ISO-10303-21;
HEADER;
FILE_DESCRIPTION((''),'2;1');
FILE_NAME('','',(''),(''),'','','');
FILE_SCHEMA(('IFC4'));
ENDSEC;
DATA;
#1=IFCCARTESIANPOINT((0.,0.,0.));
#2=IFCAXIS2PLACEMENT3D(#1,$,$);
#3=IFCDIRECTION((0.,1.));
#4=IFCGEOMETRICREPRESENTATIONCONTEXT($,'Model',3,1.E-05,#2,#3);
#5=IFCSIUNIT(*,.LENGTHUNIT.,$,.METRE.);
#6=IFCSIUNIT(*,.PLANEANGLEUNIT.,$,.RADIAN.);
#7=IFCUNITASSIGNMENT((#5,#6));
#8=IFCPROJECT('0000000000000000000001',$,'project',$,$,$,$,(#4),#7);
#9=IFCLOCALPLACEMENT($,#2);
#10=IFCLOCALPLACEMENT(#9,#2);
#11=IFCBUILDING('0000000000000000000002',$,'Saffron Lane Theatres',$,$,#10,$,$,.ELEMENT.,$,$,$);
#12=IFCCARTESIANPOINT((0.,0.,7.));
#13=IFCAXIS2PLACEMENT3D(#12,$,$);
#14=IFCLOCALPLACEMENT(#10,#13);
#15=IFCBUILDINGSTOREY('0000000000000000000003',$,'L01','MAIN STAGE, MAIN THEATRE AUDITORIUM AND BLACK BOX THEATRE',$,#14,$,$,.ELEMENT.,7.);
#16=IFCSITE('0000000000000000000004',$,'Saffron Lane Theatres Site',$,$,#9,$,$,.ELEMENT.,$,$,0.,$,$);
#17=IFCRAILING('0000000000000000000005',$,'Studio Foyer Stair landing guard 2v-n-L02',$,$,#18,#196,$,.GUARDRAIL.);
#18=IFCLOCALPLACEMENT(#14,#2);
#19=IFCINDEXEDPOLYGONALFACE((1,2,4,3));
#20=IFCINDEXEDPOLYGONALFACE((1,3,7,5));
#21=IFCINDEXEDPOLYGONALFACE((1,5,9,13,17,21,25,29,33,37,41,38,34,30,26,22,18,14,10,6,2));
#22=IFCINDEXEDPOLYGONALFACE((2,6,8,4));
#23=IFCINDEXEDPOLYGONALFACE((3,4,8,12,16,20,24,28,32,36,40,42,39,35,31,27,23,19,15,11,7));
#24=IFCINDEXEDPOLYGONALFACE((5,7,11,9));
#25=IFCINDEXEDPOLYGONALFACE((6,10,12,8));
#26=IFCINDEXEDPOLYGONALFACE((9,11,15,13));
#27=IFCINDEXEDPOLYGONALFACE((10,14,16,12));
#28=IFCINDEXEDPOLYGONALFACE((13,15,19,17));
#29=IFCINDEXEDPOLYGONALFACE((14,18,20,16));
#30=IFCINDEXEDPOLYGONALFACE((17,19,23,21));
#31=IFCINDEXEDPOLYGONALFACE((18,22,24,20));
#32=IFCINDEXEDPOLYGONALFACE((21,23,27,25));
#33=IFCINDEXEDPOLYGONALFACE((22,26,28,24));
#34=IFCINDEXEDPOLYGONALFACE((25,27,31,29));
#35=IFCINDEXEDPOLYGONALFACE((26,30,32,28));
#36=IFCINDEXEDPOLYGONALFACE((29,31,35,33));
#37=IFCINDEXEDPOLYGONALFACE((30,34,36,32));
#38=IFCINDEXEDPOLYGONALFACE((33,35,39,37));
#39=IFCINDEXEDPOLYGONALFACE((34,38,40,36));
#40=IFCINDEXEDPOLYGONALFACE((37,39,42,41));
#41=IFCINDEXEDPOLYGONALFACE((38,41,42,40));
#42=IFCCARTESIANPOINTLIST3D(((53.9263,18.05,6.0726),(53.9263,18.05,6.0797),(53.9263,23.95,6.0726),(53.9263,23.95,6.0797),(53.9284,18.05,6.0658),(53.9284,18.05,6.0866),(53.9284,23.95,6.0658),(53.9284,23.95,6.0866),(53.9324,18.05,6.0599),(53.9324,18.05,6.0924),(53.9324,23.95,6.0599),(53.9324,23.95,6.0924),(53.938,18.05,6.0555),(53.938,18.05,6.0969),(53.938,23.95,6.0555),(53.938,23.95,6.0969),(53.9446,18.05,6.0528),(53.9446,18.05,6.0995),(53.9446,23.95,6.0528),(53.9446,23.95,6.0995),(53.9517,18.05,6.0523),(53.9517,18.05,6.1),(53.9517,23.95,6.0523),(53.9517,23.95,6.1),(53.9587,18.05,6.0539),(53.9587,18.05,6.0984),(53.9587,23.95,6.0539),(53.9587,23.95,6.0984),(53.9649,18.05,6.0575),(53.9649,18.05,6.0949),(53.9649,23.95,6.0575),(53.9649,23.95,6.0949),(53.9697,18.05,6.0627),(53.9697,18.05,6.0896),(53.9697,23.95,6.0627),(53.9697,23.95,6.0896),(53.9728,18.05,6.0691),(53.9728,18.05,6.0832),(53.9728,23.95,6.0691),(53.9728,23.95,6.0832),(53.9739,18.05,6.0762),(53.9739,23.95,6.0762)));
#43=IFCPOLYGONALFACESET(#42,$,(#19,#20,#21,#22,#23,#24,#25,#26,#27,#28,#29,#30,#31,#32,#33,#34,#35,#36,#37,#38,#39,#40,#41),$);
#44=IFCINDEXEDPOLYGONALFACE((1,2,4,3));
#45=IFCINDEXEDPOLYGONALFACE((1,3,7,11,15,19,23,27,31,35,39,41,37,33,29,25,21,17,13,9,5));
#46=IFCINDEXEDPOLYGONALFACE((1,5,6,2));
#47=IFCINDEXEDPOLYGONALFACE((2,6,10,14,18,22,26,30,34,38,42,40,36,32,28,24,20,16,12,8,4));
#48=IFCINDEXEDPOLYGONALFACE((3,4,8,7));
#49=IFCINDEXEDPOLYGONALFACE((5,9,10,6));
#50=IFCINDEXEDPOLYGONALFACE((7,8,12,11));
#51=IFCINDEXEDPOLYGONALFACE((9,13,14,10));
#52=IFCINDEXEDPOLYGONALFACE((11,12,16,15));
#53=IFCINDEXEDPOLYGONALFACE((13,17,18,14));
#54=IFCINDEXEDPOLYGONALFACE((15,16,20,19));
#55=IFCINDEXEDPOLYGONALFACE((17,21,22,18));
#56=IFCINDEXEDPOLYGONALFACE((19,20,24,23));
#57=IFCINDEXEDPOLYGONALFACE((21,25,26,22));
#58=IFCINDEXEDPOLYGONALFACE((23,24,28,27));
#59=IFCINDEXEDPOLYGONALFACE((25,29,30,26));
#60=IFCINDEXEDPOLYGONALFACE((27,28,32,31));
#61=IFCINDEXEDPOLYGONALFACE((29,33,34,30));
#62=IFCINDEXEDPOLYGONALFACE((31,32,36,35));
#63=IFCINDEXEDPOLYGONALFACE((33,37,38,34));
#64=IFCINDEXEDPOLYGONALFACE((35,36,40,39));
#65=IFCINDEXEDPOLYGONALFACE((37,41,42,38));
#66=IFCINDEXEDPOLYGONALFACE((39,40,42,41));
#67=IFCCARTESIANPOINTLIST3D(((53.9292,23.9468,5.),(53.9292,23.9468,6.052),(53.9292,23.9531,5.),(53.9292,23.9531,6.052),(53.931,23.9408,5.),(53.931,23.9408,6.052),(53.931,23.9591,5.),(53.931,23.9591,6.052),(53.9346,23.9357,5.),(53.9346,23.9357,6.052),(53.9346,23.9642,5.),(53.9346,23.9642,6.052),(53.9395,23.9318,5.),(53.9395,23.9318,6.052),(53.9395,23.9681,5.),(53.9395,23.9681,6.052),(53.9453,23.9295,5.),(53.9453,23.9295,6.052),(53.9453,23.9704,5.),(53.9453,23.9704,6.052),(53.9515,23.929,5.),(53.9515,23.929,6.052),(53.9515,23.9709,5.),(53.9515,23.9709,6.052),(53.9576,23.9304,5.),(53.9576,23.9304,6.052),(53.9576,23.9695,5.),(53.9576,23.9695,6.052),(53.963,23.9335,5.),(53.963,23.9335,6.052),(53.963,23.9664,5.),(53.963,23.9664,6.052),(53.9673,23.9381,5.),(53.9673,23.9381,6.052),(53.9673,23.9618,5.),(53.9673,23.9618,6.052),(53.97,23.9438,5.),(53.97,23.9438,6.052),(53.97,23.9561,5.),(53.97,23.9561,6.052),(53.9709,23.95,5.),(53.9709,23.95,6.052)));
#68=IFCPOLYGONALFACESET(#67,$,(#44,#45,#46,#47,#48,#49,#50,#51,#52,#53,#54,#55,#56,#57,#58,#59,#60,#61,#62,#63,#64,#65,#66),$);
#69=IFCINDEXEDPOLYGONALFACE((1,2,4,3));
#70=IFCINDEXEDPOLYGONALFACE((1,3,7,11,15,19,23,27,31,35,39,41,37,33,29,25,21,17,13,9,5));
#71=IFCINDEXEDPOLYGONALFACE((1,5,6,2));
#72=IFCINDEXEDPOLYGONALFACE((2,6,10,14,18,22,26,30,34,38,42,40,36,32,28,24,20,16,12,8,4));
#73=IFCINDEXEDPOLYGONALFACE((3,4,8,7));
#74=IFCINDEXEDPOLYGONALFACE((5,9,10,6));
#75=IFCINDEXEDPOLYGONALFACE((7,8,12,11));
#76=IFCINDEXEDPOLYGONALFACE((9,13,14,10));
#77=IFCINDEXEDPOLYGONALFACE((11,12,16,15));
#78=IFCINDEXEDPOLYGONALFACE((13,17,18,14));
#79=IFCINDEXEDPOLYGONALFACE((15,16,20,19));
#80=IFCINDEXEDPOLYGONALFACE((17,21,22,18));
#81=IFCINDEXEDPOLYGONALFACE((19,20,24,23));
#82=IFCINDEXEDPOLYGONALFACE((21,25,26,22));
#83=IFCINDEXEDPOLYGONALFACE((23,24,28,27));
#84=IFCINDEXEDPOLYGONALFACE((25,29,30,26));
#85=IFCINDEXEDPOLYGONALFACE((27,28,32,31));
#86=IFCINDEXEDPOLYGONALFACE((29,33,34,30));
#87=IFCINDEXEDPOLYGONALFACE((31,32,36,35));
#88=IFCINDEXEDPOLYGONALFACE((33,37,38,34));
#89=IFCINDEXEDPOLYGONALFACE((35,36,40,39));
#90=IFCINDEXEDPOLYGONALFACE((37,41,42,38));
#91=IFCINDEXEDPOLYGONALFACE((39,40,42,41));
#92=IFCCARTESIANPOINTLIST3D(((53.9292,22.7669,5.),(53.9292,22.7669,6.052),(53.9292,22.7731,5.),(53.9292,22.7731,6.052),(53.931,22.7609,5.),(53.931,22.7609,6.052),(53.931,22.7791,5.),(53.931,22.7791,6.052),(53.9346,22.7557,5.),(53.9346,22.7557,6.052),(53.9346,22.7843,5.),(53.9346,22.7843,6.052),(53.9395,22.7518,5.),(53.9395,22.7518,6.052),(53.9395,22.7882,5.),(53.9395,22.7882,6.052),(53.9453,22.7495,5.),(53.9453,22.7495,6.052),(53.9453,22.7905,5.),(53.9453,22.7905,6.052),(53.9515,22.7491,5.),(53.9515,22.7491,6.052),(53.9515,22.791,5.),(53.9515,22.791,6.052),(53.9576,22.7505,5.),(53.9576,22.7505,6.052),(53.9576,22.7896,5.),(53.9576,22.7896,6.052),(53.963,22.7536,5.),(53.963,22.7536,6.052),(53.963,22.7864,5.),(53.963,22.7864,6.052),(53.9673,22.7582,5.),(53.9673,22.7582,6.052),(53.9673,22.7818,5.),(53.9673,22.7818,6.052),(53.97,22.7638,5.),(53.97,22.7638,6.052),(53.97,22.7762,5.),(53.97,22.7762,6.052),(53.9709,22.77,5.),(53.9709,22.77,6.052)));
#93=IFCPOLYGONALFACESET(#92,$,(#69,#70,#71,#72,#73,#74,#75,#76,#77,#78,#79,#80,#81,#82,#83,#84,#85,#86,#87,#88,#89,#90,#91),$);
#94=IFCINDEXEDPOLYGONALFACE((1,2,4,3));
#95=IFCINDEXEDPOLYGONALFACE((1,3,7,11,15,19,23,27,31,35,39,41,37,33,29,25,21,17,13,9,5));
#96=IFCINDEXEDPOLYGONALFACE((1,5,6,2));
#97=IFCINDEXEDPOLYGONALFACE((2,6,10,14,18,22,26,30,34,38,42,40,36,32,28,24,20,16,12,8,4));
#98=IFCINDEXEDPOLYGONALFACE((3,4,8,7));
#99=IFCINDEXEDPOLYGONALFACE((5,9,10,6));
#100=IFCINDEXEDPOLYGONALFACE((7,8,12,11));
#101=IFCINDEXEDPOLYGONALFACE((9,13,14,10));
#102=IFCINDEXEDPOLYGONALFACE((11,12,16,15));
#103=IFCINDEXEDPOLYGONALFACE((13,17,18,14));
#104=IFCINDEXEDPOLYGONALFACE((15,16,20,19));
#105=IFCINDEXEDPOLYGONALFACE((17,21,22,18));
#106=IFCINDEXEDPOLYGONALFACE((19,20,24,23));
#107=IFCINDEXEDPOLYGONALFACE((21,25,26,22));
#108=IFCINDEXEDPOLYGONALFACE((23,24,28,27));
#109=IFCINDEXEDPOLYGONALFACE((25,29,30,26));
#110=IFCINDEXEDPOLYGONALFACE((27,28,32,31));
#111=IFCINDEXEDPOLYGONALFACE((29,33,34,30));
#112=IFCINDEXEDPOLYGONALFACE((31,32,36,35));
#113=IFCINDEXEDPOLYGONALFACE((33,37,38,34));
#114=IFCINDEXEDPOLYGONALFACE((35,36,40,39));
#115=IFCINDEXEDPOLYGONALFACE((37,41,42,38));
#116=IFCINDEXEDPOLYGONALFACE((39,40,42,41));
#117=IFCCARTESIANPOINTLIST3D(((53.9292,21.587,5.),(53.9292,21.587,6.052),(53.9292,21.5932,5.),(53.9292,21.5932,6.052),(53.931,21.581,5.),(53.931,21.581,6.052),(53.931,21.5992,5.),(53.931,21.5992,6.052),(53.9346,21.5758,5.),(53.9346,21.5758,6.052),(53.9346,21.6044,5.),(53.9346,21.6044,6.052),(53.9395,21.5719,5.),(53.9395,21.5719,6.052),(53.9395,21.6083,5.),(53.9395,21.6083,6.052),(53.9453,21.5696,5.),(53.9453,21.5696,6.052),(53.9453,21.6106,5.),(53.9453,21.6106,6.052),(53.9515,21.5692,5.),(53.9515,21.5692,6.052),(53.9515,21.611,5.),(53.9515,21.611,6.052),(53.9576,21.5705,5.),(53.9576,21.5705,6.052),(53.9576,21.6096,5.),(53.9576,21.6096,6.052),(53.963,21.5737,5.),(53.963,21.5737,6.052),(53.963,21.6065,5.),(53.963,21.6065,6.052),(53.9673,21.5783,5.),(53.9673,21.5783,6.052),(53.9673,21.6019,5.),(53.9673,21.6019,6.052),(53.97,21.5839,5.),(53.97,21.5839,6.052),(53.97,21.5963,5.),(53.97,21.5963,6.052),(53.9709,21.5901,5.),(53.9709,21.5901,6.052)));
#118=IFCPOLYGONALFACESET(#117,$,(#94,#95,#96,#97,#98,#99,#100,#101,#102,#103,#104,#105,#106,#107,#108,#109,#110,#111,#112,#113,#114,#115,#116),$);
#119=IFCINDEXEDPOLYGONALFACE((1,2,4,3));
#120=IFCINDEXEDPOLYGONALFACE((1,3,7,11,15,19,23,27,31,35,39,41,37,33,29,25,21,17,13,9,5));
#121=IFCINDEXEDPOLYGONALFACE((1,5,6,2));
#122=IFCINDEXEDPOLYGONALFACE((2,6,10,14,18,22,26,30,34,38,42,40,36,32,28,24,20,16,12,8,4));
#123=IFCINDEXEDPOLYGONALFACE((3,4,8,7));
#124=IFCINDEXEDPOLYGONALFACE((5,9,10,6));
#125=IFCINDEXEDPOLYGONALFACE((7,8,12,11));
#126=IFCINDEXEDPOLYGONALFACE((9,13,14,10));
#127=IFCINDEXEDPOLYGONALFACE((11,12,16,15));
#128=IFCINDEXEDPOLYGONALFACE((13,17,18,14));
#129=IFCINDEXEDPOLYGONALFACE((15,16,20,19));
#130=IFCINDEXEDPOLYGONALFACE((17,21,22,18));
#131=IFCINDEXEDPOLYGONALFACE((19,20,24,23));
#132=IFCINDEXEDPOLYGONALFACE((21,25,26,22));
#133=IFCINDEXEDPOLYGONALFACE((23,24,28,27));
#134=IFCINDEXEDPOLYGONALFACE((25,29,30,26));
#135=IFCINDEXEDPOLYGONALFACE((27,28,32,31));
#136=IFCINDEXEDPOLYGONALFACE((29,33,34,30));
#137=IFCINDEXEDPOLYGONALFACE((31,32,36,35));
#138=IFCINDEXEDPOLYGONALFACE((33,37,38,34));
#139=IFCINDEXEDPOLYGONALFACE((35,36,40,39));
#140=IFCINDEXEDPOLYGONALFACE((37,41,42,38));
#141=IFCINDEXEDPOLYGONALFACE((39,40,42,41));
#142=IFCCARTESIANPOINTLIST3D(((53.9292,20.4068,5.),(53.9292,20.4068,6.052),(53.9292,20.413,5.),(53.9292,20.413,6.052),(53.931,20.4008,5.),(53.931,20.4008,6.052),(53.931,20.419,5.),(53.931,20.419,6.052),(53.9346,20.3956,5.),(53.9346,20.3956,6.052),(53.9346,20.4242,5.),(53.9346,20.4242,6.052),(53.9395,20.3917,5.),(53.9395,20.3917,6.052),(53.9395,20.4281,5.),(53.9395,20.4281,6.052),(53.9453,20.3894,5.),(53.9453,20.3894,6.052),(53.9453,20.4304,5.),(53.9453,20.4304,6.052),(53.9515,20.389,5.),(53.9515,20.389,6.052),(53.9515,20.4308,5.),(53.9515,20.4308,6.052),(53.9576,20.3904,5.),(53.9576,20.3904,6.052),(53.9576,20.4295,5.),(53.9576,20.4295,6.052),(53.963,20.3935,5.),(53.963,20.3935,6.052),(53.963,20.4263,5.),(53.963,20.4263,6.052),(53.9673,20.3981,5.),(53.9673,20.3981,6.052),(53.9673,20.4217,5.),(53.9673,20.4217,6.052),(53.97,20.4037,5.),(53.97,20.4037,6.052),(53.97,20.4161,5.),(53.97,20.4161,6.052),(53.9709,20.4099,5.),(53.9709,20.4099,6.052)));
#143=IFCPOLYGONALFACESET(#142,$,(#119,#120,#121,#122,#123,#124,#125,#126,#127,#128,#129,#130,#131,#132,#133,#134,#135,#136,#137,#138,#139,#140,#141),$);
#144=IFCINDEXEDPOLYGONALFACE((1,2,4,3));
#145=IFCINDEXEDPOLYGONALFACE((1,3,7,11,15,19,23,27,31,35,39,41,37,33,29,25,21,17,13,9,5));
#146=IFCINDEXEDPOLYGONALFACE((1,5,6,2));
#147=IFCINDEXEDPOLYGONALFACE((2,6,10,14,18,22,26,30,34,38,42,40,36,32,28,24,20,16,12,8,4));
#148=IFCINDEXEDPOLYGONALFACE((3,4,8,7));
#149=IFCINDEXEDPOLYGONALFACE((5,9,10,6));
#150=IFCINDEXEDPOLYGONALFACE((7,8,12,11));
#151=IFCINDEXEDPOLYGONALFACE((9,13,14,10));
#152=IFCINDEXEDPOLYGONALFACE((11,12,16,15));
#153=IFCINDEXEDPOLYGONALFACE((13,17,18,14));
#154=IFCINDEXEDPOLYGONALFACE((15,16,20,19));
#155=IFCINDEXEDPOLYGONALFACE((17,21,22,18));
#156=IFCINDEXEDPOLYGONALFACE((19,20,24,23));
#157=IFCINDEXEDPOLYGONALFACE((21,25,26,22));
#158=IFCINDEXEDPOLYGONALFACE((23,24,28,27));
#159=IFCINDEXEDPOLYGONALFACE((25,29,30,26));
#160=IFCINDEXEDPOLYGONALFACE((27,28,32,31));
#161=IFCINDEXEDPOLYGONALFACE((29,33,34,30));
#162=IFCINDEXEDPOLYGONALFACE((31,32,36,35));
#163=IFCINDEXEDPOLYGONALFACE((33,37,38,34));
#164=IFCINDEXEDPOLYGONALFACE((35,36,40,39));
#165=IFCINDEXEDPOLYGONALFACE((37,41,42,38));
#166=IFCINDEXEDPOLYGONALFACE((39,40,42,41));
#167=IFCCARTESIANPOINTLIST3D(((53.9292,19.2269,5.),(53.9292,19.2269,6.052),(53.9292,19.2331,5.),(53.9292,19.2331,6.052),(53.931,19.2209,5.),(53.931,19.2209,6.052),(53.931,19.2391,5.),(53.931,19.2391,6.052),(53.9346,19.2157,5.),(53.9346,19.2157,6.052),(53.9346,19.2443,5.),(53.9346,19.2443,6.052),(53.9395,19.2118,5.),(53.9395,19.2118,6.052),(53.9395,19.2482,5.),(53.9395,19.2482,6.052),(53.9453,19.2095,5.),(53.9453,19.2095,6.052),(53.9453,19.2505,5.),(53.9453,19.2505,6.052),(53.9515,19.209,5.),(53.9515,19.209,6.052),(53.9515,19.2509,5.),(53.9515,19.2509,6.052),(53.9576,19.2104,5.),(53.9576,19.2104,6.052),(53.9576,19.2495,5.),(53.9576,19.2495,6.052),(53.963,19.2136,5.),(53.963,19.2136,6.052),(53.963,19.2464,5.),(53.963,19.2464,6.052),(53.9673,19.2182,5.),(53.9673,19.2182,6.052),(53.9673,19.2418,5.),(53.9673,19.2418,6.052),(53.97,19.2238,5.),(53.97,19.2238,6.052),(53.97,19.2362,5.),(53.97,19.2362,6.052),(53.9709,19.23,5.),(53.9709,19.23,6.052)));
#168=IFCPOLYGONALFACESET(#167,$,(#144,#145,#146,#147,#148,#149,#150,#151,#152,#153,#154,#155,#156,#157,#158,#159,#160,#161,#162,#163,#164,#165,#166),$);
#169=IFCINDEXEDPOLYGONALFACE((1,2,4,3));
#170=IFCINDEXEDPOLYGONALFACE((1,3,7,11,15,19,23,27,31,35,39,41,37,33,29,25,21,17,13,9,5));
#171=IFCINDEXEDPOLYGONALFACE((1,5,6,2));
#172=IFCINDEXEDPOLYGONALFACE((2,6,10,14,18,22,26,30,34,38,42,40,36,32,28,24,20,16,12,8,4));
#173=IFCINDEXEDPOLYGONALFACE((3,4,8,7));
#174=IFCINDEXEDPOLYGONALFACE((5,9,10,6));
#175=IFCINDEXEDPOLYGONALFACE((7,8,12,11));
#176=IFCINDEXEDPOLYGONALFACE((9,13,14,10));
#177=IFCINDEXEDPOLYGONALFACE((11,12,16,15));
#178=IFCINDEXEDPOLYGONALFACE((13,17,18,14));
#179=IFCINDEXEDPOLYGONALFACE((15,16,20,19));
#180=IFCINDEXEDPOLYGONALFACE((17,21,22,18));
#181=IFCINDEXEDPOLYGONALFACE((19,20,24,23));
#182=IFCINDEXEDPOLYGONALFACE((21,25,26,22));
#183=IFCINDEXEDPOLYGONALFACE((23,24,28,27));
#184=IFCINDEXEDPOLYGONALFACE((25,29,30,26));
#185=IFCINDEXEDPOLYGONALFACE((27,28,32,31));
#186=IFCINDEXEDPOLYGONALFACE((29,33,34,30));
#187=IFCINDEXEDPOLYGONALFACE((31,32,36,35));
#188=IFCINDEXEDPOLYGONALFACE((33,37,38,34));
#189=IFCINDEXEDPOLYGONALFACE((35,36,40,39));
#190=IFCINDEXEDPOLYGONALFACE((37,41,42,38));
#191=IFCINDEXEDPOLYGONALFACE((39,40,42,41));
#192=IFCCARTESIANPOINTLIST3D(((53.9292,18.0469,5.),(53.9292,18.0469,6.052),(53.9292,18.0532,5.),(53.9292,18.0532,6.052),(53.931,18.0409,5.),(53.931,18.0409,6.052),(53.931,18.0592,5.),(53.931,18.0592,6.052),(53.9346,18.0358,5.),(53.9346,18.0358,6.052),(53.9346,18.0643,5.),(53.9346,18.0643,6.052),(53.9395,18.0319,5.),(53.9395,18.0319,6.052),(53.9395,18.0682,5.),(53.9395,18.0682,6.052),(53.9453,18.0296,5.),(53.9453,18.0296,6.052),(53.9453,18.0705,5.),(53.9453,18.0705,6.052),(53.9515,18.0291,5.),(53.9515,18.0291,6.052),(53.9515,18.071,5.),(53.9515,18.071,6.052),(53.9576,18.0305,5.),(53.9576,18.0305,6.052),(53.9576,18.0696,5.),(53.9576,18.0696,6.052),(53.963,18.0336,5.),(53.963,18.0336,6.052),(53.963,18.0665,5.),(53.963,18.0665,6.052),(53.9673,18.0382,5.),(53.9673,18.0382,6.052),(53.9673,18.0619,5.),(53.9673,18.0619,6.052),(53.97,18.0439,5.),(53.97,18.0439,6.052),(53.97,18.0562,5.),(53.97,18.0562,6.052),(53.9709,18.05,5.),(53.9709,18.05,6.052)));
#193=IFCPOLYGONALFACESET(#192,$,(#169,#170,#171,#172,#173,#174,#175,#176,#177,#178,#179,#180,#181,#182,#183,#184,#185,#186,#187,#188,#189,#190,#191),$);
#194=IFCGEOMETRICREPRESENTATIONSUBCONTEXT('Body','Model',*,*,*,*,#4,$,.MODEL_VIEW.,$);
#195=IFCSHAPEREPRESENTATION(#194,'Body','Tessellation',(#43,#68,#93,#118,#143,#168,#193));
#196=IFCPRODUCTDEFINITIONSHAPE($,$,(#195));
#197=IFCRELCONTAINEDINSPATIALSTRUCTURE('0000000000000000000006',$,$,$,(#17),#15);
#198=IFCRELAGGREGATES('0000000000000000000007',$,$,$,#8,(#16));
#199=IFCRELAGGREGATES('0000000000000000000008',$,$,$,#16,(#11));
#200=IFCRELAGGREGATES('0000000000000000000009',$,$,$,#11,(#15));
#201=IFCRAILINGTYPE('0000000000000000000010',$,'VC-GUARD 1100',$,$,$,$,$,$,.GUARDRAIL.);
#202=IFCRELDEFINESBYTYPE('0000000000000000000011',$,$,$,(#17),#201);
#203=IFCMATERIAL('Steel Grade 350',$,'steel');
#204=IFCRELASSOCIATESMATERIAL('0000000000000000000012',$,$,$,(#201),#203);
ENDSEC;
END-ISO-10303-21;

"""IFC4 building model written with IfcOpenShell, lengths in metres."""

from ifc_helpers import new_model, si_unit, direction, frame, origin, origin_2d, place, context, subcontext, project, spatial, circle, extrude, material, type_object, element, save


model = new_model("IFC4")

# Units and contexts
model_context = context("Model", 3, precision=1e-05, world=origin(), true_north=direction((0.0, 1.0)))
body_context = subcontext(model_context, "Body", "Model", "MODEL_VIEW")
ifc_project = project(units=[si_unit("LENGTHUNIT", "METRE"), si_unit("PLANEANGLEUNIT", "RADIAN")], contexts=[model_context])

# Site, building, storey
site_placement = place(None, origin())
site = spatial("IfcSite", under=ifc_project, at=site_placement, Name="Saffron Lane Theatres Site", CompositionType="ELEMENT", RefElevation=0.0)
building_placement = place(site_placement, origin())
building = spatial("IfcBuilding", under=site, at=building_placement, Name="Saffron Lane Theatres", CompositionType="ELEMENT")
storey_placement = place(building_placement, frame((0.0, 0.0, 7.0)))
storey = spatial("IfcBuildingStorey", under=building, at=storey_placement, Name="L01", Description="MAIN STAGE, MAIN THEATRE AUDITORIUM AND BLACK BOX THEATRE", CompositionType="ELEMENT", Elevation=7.0)

# Railing
ifc_material_1 = material(Name="Steel Grade 350", Category="steel")
railing_type_1 = type_object("IfcRailingType", Name="VC-GUARD 1100", PredefinedType="GUARDRAIL", material=ifc_material_1)
for number, where, name in (
    (1, (53.95, 23.95, 5.0), "Studio Foyer Stair landing guard 2v-n-L02"),
):
    element("IfcRailing", number, at=place(storey_placement, frame(where)), inside=storey, type_object=railing_type_1, Name=name, PredefinedType="GUARDRAIL", context=body_context, shape_type="SweptSolid", body=[
        extrude(circle(Radius=0.0239, at=origin_2d()), frame((0.0, 0.0, 1.0762), z_axis=(0.0, -1.0, 0.0), x_axis=(1.0, 0.0, 0.0)), (0.0, 0.0, 1.0), 5.8999),
        extrude(circle(Radius=0.021, at=origin_2d()), origin(), (0.0, 0.0, 1.0), 1.052),
        extrude(circle(Radius=0.021, at=origin_2d()), frame((0.0, -1.1799, 0.0)), (0.0, 0.0, 1.0), 1.052),
        extrude(circle(Radius=0.021, at=origin_2d()), frame((0.0, -2.3599, 0.0)), (0.0, 0.0, 1.0), 1.052),
        extrude(circle(Radius=0.021, at=origin_2d()), frame((0.0, -3.54, 0.0)), (0.0, 0.0, 1.0), 1.052),
        extrude(circle(Radius=0.021, at=origin_2d()), frame((0.0, -4.72, 0.0)), (0.0, 0.0, 1.0), 1.052),
        extrude(circle(Radius=0.021, at=origin_2d()), frame((0.0, -5.8999, 0.0)), (0.0, 0.0, 1.0), 1.052),
    ])

save(model, "model.ifc")
